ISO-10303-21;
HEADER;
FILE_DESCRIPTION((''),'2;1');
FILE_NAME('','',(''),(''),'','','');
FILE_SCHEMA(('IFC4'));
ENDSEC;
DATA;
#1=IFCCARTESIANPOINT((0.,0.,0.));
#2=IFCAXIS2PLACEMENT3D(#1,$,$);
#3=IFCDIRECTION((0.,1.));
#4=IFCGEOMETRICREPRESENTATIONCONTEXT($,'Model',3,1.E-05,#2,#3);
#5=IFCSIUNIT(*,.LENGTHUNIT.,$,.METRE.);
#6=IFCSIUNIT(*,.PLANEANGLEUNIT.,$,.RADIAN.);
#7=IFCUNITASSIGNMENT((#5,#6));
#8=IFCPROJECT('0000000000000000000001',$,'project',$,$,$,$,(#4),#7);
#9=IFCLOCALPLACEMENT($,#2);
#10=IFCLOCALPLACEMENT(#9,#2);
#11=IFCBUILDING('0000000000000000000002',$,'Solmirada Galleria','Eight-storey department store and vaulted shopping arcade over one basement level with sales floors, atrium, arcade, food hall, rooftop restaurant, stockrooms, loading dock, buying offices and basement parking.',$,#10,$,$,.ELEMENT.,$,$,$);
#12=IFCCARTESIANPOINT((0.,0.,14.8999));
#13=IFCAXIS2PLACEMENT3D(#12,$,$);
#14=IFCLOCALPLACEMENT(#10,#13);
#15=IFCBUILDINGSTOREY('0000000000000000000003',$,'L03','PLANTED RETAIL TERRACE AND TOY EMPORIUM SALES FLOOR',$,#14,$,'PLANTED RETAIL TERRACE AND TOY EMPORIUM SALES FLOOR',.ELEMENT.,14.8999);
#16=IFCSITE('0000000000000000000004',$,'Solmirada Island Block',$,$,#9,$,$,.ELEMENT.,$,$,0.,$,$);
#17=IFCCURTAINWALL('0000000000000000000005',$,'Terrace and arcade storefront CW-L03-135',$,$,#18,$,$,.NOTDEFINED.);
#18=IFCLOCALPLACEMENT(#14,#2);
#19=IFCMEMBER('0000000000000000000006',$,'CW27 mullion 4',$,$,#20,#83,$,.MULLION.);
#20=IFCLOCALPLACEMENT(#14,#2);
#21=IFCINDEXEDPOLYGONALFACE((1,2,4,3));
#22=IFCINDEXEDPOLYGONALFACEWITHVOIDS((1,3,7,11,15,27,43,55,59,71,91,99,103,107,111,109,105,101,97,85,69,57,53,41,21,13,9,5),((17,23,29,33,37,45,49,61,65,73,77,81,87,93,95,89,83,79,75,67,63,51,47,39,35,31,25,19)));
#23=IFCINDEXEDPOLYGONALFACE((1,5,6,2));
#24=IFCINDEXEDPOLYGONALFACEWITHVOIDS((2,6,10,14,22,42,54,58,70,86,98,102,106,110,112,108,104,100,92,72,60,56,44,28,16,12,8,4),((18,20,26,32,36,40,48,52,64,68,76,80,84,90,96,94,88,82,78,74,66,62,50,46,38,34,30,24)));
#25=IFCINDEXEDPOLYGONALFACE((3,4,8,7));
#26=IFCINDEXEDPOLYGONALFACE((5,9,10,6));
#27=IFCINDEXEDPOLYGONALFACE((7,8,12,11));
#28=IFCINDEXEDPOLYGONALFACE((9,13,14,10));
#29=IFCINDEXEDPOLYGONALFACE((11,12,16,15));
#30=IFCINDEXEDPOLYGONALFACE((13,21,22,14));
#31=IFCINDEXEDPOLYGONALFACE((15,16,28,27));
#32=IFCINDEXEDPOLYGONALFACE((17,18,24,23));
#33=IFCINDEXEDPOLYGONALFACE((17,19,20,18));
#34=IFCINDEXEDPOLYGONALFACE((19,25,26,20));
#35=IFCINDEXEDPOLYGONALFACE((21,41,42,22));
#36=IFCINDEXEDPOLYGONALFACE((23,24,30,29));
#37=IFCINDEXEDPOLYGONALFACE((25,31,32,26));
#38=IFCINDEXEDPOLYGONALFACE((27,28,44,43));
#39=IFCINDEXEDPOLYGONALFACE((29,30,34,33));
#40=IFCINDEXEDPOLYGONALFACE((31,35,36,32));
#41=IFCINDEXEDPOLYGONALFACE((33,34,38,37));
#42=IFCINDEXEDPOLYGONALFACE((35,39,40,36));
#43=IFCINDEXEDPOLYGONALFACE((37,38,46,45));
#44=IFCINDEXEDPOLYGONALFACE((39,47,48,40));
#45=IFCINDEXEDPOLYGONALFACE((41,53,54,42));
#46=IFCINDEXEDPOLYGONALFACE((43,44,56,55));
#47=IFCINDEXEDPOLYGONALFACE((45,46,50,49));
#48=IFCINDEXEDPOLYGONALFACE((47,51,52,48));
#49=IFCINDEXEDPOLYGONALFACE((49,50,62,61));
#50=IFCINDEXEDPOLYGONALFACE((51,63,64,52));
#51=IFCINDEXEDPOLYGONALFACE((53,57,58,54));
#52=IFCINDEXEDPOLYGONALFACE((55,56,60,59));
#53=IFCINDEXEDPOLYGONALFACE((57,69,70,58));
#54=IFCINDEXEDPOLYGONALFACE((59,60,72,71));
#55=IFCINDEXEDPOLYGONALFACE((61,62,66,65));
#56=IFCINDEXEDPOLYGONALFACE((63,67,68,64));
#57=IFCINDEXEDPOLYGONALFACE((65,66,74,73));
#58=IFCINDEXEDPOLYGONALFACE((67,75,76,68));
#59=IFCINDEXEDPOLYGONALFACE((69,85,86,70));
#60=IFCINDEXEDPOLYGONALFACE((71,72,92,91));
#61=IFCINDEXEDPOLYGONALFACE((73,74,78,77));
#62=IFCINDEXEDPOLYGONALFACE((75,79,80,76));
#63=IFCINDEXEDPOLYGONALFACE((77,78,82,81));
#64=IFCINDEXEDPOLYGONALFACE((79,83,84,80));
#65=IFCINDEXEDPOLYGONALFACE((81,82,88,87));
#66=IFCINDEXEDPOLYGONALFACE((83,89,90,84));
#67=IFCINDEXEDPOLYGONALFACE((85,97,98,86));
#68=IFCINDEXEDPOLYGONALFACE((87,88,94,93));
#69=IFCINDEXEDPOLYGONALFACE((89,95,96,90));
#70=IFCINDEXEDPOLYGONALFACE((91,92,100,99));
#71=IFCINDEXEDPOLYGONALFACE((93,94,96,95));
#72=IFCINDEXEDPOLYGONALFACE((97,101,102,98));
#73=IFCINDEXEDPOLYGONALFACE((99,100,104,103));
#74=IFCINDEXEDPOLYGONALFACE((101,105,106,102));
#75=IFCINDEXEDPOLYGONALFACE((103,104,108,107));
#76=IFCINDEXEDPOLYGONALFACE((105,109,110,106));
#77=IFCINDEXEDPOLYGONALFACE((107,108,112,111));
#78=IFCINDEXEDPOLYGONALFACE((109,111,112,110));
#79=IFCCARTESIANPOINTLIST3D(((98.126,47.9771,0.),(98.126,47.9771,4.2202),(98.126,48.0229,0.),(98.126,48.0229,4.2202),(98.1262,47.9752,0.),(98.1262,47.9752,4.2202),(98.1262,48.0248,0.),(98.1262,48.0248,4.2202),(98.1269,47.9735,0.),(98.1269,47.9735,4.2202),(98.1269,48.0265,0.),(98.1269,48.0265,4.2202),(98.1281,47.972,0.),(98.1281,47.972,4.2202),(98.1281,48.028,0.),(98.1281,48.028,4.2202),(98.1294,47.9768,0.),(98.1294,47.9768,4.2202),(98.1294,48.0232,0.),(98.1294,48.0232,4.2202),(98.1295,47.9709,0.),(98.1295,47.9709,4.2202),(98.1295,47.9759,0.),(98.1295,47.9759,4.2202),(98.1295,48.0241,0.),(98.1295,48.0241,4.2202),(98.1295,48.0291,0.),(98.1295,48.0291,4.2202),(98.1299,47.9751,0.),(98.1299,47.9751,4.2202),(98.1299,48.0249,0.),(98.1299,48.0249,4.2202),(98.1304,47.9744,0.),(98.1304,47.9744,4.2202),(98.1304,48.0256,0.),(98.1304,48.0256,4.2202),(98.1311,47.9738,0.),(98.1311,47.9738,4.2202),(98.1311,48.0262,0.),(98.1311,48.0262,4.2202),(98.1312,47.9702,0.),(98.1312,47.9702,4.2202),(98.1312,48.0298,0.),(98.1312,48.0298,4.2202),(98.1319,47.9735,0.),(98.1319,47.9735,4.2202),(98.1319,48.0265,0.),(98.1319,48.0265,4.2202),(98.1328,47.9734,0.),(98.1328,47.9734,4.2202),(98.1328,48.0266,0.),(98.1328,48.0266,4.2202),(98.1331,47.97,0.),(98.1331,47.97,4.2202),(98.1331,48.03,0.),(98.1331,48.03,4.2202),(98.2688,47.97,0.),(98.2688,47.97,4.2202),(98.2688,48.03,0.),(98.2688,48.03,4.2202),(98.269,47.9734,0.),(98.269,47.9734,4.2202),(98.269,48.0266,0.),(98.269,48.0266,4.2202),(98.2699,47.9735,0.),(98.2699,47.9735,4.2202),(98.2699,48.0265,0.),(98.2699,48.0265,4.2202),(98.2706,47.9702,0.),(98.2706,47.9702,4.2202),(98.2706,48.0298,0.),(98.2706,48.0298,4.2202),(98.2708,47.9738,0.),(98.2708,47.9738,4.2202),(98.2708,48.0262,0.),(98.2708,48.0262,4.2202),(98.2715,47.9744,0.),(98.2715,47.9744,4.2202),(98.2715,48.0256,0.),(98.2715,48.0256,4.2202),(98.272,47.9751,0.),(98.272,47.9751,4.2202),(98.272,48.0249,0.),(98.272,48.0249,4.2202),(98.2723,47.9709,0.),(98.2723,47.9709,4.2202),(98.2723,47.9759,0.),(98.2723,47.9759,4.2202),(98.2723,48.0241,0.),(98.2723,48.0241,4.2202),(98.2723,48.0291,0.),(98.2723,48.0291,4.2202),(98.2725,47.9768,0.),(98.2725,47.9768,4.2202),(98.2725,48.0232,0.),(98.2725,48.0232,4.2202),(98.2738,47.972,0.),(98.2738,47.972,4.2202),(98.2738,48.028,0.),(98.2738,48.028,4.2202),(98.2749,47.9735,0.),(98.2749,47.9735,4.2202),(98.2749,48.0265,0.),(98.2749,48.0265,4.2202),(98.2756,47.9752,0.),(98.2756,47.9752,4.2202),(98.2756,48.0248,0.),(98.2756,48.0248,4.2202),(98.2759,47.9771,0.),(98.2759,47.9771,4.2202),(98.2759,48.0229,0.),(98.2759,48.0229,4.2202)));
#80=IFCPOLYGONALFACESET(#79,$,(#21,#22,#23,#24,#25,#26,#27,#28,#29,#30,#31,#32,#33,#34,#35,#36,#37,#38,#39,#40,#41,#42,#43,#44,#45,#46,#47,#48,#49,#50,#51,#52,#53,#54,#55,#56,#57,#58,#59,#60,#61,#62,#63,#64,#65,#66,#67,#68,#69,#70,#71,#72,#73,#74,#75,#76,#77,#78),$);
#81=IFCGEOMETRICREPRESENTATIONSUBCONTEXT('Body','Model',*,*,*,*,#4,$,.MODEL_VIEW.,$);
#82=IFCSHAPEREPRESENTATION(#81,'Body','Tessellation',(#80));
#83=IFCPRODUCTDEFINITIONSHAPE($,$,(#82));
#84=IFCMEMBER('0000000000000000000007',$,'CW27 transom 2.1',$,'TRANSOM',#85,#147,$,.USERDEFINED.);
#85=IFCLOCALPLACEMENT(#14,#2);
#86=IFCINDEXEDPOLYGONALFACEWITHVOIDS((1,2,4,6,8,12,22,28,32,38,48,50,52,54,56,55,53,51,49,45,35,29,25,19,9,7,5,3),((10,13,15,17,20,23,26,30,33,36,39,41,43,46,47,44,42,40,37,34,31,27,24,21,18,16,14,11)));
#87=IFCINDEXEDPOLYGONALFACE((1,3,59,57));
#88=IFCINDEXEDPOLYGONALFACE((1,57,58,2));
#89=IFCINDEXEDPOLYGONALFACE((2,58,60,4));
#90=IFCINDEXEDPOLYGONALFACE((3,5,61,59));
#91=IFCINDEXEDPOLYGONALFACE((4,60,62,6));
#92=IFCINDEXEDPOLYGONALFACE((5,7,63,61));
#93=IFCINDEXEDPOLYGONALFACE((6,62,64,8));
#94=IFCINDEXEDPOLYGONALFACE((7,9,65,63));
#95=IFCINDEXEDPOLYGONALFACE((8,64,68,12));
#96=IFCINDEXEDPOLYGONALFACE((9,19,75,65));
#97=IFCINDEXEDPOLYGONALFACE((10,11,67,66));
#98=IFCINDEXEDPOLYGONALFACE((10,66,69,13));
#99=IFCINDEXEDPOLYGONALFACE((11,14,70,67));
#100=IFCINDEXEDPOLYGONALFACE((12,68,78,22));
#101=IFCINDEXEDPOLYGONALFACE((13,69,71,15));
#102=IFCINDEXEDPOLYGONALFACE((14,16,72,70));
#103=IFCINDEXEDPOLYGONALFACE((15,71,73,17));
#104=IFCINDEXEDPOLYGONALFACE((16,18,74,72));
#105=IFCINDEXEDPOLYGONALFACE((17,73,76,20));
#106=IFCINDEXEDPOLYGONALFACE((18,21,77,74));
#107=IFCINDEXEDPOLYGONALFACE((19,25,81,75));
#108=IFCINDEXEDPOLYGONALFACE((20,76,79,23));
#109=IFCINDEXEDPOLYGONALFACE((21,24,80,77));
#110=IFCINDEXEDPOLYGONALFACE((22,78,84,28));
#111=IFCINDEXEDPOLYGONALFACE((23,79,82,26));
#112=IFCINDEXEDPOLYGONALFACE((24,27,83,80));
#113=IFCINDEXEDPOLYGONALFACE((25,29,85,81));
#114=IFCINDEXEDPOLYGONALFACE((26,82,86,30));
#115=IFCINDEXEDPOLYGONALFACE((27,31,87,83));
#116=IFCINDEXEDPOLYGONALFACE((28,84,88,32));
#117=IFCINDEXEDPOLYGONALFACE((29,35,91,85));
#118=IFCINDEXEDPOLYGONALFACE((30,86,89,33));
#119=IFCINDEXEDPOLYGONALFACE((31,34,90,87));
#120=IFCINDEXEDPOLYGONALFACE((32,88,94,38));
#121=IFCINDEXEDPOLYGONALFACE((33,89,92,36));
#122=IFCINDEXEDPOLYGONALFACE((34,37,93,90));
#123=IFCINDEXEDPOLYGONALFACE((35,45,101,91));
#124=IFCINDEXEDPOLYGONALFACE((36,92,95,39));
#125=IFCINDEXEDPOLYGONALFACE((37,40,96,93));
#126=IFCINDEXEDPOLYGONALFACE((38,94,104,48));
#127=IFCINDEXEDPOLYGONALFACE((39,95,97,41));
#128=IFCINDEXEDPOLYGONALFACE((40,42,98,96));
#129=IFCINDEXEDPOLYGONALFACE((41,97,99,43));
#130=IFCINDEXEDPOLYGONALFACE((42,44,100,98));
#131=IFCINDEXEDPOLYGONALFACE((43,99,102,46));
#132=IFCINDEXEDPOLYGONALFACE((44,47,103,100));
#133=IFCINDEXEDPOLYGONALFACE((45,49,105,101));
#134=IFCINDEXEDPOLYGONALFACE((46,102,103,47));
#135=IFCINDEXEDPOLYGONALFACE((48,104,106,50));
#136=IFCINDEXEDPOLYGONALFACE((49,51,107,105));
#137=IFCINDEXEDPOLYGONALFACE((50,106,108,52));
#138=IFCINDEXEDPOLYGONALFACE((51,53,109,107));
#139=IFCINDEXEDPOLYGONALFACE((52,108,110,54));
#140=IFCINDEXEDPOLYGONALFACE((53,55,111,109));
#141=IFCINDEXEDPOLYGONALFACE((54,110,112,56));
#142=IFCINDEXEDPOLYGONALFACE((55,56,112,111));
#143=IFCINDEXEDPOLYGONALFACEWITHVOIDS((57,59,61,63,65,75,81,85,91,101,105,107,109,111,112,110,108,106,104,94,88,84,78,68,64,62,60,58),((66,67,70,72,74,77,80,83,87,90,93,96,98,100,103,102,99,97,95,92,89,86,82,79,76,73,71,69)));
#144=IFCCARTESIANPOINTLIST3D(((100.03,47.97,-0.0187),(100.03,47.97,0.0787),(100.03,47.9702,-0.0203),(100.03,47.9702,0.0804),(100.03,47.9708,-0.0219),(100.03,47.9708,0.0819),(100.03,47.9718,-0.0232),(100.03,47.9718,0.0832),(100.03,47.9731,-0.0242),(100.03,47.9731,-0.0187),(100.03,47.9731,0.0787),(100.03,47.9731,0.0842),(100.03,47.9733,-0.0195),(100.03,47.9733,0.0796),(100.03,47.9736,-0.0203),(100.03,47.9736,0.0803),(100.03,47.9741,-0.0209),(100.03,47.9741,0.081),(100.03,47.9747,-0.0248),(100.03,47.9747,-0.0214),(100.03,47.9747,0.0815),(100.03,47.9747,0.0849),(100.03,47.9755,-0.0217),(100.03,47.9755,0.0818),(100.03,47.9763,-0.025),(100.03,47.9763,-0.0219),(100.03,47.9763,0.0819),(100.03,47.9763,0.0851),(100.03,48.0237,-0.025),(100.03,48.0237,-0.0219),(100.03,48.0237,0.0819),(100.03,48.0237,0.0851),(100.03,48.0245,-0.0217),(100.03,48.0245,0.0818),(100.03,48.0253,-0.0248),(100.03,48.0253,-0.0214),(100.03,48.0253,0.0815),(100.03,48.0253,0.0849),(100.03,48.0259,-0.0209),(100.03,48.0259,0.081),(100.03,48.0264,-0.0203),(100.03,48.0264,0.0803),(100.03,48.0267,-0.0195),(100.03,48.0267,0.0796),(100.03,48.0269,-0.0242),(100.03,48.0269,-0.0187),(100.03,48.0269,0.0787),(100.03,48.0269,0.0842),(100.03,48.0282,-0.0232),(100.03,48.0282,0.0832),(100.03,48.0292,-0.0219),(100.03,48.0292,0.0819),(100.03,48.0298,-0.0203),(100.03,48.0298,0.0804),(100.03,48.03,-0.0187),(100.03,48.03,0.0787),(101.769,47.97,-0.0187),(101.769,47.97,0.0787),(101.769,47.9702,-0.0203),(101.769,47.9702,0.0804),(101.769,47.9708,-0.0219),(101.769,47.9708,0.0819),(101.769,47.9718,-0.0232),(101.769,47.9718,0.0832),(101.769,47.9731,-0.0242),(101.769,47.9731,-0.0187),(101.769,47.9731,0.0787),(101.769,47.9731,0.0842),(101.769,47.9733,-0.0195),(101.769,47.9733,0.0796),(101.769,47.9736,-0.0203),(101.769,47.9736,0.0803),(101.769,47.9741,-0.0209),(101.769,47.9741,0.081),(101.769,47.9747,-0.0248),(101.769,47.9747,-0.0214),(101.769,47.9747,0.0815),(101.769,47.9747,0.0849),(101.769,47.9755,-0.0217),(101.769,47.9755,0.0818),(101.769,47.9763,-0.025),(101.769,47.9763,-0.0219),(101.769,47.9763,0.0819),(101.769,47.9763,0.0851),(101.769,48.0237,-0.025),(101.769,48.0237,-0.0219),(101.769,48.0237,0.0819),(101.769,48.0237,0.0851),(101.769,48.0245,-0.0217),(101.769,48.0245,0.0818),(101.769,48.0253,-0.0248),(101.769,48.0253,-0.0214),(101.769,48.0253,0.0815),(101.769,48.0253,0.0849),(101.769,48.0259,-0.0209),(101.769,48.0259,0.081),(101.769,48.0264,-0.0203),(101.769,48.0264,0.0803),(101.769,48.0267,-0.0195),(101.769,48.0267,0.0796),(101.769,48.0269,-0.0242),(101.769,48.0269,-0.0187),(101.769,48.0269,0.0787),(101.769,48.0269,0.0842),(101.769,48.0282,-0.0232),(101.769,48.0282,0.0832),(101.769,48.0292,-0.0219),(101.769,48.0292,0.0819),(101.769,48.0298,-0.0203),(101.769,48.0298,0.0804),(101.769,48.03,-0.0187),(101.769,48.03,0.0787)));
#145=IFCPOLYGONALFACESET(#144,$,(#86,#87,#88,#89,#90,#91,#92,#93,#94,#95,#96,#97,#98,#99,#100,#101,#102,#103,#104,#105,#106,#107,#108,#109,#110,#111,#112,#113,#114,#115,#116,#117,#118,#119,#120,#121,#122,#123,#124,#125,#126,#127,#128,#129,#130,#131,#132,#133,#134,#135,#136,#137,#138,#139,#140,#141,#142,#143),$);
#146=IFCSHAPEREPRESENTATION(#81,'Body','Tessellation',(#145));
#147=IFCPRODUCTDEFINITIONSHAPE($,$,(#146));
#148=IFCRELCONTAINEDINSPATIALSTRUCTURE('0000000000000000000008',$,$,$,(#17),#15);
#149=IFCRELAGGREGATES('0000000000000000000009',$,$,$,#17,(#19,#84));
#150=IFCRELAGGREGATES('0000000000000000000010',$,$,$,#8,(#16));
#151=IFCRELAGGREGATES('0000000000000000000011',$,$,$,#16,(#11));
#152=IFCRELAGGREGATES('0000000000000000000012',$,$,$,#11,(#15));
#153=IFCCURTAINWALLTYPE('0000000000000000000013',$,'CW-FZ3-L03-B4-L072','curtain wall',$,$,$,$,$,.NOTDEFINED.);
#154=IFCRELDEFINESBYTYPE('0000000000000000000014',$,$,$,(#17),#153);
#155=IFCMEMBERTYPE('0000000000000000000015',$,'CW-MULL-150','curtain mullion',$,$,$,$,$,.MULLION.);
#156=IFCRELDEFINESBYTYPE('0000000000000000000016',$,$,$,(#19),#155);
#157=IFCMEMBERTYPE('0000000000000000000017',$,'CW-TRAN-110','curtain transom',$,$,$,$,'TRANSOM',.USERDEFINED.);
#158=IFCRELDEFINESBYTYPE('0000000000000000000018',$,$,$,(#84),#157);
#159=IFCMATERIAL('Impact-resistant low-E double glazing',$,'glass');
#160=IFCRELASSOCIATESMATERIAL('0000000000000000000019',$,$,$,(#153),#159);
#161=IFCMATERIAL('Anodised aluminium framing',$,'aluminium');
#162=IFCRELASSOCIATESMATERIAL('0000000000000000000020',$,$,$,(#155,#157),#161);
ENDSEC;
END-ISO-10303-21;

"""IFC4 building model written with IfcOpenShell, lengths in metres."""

from ifc_helpers import new_model, si_unit, direction, frame, origin, origin_2d, place, context, subcontext, project, spatial, hollow_rectangle, extrude, material, material_profile, profile_set, type_object, element, aggregate, save


model = new_model("IFC4")

# Units and contexts
model_context = context("Model", 3, precision=1e-05, world=origin(), true_north=direction((0.0, 1.0)))
body_context = subcontext(model_context, "Body", "Model", "MODEL_VIEW")
ifc_project = project(units=[si_unit("LENGTHUNIT", "METRE"), si_unit("PLANEANGLEUNIT", "RADIAN")], contexts=[model_context])

# Site, building, storey
site_placement = place(None, origin())
site = spatial("IfcSite", under=ifc_project, at=site_placement, Name="Solmirada Island Block", CompositionType="ELEMENT", RefElevation=0.0)
building_placement = place(site_placement, origin())
building = spatial("IfcBuilding", under=site, at=building_placement, Name="Solmirada Galleria", Description="Eight-storey department store and vaulted shopping arcade over one basement level with sales floors, atrium, arcade, food hall, rooftop restaurant, stockrooms, loading dock, buying offices and basement parking.", CompositionType="ELEMENT")
storey_placement = place(building_placement, frame((0.0, 0.0, 14.8999)))
storey = spatial("IfcBuildingStorey", under=building, at=storey_placement, Name="L03", Description="PLANTED RETAIL TERRACE AND TOY EMPORIUM SALES FLOOR", LongName="PLANTED RETAIL TERRACE AND TOY EMPORIUM SALES FLOOR", CompositionType="ELEMENT", Elevation=14.8999)

# Curtain wall, members
ifc_material_1 = material(Name="Impact-resistant low-E double glazing", Category="glass")
curtain_wall_type = type_object("IfcCurtainWallType", Name="CW-FZ3-L03-B4-L072", Description="curtain wall", PredefinedType="NOTDEFINED", material=ifc_material_1)
curtain_wall_placement = place(storey_placement, origin())
curtain_wall = element("IfcCurtainWall", 1, at=curtain_wall_placement, inside=storey, type_object=curtain_wall_type, Name="Terrace and arcade storefront CW-L03-135", PredefinedType="NOTDEFINED")
ifc_material_2 = material(Name="Anodised aluminium framing", Category="aluminium")
ifc_material_profile_1 = material_profile(ifc_material_2, hollow_rectangle(XDim=0.0601, YDim=0.1499, WallThickness=0.0034, InnerFilletRadius=0.0034, OuterFilletRadius=0.0071, at=origin_2d()), Name="ALU-MULL-150X60")
ifc_profile_set_1 = profile_set([ifc_material_profile_1], Name="Anodised aluminium framing")
member_type_1 = type_object("IfcMemberType", Name="CW-MULL-150", Description="curtain mullion", PredefinedType="MULLION", material=ifc_profile_set_1)
member_1_placement = place(storey_placement, frame((98.2009, 48.0, 0.0), z_axis=(0.0, 0.0, 1.0), x_axis=(0.0, -1.0, 0.0)))
member_1 = element("IfcMember", 2, at=member_1_placement, type_object=member_type_1, Name="CW27 mullion 4", PredefinedType="MULLION", context=body_context, shape_type="SweptSolid", body=[
    extrude(hollow_rectangle(XDim=0.0601, YDim=0.1499, WallThickness=0.0034, InnerFilletRadius=0.0034, OuterFilletRadius=0.0071, at=origin_2d()), origin(), (0.0, 0.0, 1.0), 4.2202),
])
ifc_material_profile_2 = material_profile(ifc_material_2, hollow_rectangle(XDim=0.0601, YDim=0.1101, WallThickness=0.0032, InnerFilletRadius=0.0032, OuterFilletRadius=0.0063, at=origin_2d()), Name="ALU-TRAN-110X60")
ifc_profile_set_2 = profile_set([ifc_material_profile_2], Name="Anodised aluminium framing")
member_type_2 = type_object("IfcMemberType", Name="CW-TRAN-110", Description="curtain transom", ElementType="TRANSOM", PredefinedType="USERDEFINED", material=ifc_profile_set_2)
member_2_placement = place(storey_placement, frame((101.769, 48.0, 0.03), z_axis=(-1.0, 0.0, 0.0), x_axis=(0.0, -1.0, 0.0)))
member_2 = element("IfcMember", 3, at=member_2_placement, type_object=member_type_2, Name="CW27 transom 2.1", ObjectType="TRANSOM", PredefinedType="USERDEFINED", context=body_context, shape_type="SweptSolid", body=[
    extrude(hollow_rectangle(XDim=0.0601, YDim=0.1101, WallThickness=0.0032, InnerFilletRadius=0.0032, OuterFilletRadius=0.0063, at=origin_2d()), origin(), (0.0, 0.0, 1.0), 1.739),
])
aggregate(curtain_wall, [member_1, member_2])

save(model, "model.ifc")
